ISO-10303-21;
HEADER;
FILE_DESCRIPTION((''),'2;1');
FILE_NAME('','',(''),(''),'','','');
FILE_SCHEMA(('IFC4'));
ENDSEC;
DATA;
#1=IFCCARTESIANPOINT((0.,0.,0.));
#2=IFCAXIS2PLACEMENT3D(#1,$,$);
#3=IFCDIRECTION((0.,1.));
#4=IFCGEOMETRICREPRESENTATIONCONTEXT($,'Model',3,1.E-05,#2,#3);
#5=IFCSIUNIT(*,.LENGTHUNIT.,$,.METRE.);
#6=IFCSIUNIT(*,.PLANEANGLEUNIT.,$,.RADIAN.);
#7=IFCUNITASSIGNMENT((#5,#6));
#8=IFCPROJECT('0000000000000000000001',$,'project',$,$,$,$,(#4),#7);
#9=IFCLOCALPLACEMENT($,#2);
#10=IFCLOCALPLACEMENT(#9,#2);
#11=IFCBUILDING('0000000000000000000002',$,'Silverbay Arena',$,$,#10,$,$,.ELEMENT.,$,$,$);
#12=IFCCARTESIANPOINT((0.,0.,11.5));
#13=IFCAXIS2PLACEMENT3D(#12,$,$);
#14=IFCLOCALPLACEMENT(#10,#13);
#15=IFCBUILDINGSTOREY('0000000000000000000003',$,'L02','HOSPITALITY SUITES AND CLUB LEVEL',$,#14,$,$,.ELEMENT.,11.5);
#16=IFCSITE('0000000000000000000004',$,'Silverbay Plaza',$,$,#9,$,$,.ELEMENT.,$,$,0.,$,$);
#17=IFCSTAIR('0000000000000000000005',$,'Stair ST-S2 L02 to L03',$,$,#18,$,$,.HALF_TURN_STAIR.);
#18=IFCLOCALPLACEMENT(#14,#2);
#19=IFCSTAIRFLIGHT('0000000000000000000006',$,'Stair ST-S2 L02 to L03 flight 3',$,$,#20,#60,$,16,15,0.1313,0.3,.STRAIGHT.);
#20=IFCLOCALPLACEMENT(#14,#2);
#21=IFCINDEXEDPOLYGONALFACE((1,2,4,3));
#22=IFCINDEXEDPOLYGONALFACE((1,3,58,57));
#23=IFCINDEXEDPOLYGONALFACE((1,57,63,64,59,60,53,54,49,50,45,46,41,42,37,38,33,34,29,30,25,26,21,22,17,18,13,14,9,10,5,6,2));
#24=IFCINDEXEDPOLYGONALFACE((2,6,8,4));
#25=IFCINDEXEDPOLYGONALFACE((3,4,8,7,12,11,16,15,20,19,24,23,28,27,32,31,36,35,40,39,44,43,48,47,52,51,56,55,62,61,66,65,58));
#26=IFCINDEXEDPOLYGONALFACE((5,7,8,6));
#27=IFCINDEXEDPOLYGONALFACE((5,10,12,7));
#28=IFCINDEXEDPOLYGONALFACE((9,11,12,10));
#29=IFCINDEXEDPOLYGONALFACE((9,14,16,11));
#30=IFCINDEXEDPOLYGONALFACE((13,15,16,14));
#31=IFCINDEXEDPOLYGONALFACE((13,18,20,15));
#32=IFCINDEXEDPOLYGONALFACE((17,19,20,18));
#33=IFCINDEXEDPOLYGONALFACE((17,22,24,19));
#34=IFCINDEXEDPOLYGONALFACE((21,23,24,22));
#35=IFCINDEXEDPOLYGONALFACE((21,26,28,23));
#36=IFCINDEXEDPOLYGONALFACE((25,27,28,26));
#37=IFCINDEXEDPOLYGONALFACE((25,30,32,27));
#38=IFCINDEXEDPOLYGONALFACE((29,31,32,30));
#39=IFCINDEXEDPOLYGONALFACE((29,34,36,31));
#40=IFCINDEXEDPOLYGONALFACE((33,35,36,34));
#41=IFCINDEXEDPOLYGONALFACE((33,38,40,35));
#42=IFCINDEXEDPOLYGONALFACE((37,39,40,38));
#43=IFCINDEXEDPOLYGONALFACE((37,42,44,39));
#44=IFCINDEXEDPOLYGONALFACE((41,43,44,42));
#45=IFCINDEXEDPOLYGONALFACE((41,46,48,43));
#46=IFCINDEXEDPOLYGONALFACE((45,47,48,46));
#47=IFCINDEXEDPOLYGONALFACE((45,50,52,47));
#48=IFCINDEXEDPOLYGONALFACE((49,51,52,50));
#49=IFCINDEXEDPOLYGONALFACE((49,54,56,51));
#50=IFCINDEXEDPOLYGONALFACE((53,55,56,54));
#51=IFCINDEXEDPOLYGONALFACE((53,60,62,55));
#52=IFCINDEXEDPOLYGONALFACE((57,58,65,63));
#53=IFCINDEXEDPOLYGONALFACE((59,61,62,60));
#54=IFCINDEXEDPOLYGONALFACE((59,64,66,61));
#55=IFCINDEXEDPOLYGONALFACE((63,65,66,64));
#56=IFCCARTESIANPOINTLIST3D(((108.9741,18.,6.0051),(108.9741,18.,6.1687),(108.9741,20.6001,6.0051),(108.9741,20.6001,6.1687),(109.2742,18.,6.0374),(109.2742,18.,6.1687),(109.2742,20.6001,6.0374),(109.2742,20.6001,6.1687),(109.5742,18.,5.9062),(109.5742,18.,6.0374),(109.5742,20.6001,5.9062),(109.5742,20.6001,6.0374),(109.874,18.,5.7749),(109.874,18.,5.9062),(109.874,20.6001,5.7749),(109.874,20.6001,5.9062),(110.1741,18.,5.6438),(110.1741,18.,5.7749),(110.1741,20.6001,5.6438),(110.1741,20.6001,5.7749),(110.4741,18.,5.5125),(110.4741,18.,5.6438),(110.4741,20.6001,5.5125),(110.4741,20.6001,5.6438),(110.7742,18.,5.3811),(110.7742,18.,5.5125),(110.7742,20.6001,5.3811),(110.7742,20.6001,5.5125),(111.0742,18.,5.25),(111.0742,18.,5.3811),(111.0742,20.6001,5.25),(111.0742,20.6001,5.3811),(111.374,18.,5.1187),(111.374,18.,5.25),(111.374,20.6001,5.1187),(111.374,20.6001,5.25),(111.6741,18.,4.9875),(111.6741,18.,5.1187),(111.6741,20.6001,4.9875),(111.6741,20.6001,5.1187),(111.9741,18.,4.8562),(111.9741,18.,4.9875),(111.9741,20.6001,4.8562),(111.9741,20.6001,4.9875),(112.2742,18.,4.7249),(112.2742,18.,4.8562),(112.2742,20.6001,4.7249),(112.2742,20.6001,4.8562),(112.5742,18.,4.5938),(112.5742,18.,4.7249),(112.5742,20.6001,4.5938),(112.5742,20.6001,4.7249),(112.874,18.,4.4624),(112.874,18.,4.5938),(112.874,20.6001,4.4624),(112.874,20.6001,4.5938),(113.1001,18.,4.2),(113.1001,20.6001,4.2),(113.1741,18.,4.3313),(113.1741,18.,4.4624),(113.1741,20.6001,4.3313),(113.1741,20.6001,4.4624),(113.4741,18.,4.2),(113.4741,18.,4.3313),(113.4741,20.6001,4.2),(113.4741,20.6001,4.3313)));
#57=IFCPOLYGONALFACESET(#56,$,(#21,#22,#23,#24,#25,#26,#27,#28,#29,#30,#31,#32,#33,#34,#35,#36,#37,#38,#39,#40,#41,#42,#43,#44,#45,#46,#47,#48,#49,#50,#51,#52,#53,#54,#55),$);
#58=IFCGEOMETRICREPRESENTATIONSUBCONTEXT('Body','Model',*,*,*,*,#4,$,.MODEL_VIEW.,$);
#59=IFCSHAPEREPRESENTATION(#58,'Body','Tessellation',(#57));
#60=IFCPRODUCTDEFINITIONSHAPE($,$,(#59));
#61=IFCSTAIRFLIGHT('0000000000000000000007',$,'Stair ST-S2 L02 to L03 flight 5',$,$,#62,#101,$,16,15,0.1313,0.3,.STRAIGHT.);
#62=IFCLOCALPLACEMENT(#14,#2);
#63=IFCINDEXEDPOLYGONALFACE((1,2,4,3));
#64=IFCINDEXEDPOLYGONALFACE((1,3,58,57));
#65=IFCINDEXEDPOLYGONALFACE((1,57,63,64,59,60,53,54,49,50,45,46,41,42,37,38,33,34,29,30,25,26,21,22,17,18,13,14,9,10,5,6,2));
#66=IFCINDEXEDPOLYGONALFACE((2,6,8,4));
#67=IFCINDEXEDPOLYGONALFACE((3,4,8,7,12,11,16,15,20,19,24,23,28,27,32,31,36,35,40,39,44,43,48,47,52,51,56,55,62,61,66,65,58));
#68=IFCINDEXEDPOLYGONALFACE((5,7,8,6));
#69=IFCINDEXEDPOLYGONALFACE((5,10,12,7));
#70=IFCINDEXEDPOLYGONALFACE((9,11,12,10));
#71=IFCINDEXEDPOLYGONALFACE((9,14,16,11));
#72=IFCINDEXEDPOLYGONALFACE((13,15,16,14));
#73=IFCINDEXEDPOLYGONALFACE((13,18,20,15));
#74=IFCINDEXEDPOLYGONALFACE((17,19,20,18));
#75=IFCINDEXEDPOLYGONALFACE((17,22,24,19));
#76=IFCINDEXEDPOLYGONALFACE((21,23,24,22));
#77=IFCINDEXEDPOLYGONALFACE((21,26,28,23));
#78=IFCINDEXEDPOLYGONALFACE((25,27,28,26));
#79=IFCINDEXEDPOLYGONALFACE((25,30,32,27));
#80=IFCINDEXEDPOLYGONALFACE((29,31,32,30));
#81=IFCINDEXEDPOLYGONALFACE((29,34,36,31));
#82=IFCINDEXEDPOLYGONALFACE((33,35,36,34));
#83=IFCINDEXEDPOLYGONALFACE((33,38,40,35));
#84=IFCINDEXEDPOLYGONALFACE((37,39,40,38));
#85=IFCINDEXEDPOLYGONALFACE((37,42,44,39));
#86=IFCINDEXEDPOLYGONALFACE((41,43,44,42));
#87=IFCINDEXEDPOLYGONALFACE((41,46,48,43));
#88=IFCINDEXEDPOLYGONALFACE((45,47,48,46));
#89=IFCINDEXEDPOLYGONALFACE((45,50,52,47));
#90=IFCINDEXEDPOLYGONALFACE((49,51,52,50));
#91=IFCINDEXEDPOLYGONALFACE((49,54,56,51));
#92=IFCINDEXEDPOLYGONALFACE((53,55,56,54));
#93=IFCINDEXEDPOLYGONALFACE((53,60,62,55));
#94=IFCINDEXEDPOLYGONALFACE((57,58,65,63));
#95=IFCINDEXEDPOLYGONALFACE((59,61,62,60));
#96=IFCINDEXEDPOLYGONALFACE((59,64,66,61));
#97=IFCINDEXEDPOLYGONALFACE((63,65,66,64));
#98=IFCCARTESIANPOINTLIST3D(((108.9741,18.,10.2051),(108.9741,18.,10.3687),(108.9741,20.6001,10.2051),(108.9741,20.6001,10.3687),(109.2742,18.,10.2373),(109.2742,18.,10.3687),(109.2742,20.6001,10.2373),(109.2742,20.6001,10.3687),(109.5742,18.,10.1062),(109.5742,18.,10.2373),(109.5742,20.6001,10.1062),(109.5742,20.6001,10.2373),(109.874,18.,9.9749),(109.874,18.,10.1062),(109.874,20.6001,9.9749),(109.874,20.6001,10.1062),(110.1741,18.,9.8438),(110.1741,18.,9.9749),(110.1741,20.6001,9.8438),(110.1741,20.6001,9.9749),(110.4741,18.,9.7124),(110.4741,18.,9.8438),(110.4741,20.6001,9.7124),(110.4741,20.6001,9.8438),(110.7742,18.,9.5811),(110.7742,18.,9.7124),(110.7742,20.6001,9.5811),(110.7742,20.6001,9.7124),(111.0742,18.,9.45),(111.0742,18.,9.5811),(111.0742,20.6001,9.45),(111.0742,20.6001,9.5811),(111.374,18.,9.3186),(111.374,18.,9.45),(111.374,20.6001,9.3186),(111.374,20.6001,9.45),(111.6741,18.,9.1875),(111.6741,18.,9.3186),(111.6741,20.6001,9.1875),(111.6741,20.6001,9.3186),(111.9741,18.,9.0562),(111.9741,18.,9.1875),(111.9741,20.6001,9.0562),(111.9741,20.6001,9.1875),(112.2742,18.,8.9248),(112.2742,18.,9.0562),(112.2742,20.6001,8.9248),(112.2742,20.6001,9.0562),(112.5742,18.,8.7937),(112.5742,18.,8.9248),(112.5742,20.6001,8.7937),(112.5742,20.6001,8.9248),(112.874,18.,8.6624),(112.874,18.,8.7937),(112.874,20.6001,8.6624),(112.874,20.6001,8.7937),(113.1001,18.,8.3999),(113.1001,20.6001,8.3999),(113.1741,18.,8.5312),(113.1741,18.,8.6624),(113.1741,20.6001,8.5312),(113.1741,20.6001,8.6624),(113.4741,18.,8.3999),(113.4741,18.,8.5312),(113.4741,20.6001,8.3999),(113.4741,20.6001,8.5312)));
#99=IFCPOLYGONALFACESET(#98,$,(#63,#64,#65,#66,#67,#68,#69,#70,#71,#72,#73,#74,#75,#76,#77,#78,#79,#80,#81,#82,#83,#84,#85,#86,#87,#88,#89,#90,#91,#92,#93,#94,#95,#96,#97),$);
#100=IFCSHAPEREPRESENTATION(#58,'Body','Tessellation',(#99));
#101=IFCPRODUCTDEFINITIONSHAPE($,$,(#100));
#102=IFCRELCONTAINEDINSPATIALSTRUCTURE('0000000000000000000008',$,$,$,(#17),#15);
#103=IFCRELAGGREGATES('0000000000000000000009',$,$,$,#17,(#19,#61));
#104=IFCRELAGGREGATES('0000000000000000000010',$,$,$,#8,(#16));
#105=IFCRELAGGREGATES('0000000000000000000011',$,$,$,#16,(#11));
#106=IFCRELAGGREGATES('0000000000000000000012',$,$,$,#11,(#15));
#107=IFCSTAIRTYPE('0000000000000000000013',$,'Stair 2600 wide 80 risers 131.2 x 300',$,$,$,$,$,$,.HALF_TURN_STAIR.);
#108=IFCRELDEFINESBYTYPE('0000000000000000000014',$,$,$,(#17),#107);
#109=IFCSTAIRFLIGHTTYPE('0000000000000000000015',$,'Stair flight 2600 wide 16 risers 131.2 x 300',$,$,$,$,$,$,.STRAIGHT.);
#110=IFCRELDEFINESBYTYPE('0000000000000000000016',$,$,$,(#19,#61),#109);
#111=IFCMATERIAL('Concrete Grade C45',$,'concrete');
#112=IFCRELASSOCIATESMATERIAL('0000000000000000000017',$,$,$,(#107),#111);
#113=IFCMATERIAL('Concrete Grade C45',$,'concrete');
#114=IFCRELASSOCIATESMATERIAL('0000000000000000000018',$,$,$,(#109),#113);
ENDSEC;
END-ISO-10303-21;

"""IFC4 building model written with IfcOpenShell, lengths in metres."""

from ifc_helpers import new_model, si_unit, direction, frame, origin, place, context, subcontext, project, spatial, polyline, outline, extrude, material, type_object, element, aggregate, save


model = new_model("IFC4")

# Units and contexts
model_context = context("Model", 3, precision=1e-05, world=origin(), true_north=direction((0.0, 1.0)))
body_context = subcontext(model_context, "Body", "Model", "MODEL_VIEW")
ifc_project = project(units=[si_unit("LENGTHUNIT", "METRE"), si_unit("PLANEANGLEUNIT", "RADIAN")], contexts=[model_context])

# Site, building, storey
site_placement = place(None, origin())
site = spatial("IfcSite", under=ifc_project, at=site_placement, Name="Silverbay Plaza", CompositionType="ELEMENT", RefElevation=0.0)
building_placement = place(site_placement, origin())
building = spatial("IfcBuilding", under=site, at=building_placement, Name="Silverbay Arena", CompositionType="ELEMENT")
storey_placement = place(building_placement, frame((0.0, 0.0, 11.5)))
storey = spatial("IfcBuildingStorey", under=building, at=storey_placement, Name="L02", Description="HOSPITALITY SUITES AND CLUB LEVEL", CompositionType="ELEMENT", Elevation=11.5)

# Stair, stair flights
ifc_material_1 = material(Name="Concrete Grade C45", Category="concrete")
stair_type = type_object("IfcStairType", Name="Stair 2600 wide 80 risers 131.2 x 300", PredefinedType="HALF_TURN_STAIR", material=ifc_material_1)
stair_placement = place(storey_placement, origin())
stair = element("IfcStair", 1, at=stair_placement, inside=storey, type_object=stair_type, Name="Stair ST-S2 L02 to L03", PredefinedType="HALF_TURN_STAIR")
ifc_material_2 = material(Name="Concrete Grade C45", Category="concrete")
stair_flight_type = type_object("IfcStairFlightType", Name="Stair flight 2600 wide 16 risers 131.2 x 300", PredefinedType="STRAIGHT", material=ifc_material_2)
stair_flight_1_placement = place(storey_placement, frame((113.4741, 19.3, 4.2), z_axis=(0.0, 0.0, 1.0), x_axis=(-1.0, 0.0, 0.0)))
stair_flight_1 = element("IfcStairFlight", 2, at=stair_flight_1_placement, type_object=stair_flight_type, Name="Stair ST-S2 L02 to L03 flight 3", NumberOfRisers=16, NumberOfTreads=15, PredefinedType="STRAIGHT", RiserHeight=0.1313, TreadLength=0.3, context=body_context, shape_type="SweptSolid", body=[
    extrude(outline(polyline([(0.0, 0.0), (0.0, 0.1313), (0.3, 0.1313), (0.3, 0.2625), (0.6001, 0.2625), (0.6001, 0.3938), (0.8999, 0.3938), (0.8999, 0.5249), (1.2, 0.5249), (1.2, 0.6562), (1.5, 0.6562), (1.5, 0.7876), (1.8, 0.7876), (1.8, 0.9187), (2.1001, 0.9187), (2.1001, 1.05), (2.3999, 1.05), (2.3999, 1.1812), (2.7, 1.1812), (2.7, 1.3125), (3.0, 1.3125), (3.0, 1.4438), (3.3, 1.4438), (3.3, 1.575), (3.6001, 1.575), (3.6001, 1.7063), (3.8999, 1.7063), (3.8999, 1.8374), (4.2, 1.8374), (4.2, 1.9688), (4.5, 1.9688), (4.5, 1.8052), (0.374, 0.0), (0.0, 0.0)])), frame((0.0, 1.3, 0.0), z_axis=(0.0, -1.0, 0.0), x_axis=(1.0, 0.0, 0.0)), (0.0, 0.0, 1.0), 2.6001),
])
stair_flight_2_placement = place(storey_placement, frame((113.4741, 19.3, 8.3999), z_axis=(0.0, 0.0, 1.0), x_axis=(-1.0, 0.0, 0.0)))
stair_flight_2 = element("IfcStairFlight", 3, at=stair_flight_2_placement, type_object=stair_flight_type, Name="Stair ST-S2 L02 to L03 flight 5", NumberOfRisers=16, NumberOfTreads=15, PredefinedType="STRAIGHT", RiserHeight=0.1313, TreadLength=0.3, context=body_context, shape_type="SweptSolid", body=[
    extrude(outline(polyline([(0.0, 0.0), (0.0, 0.1313), (0.3, 0.1313), (0.3, 0.2625), (0.6001, 0.2625), (0.6001, 0.3938), (0.8999, 0.3938), (0.8999, 0.5249), (1.2, 0.5249), (1.2, 0.6562), (1.5, 0.6562), (1.5, 0.7876), (1.8, 0.7876), (1.8, 0.9187), (2.1001, 0.9187), (2.1001, 1.05), (2.3999, 1.05), (2.3999, 1.1812), (2.7, 1.1812), (2.7, 1.3125), (3.0, 1.3125), (3.0, 1.4438), (3.3, 1.4438), (3.3, 1.575), (3.6001, 1.575), (3.6001, 1.7063), (3.8999, 1.7063), (3.8999, 1.8374), (4.2, 1.8374), (4.2, 1.9688), (4.5, 1.9688), (4.5, 1.8052), (0.374, 0.0), (0.0, 0.0)])), frame((0.0, 1.3, 0.0), z_axis=(0.0, -1.0, 0.0), x_axis=(1.0, 0.0, 0.0)), (0.0, 0.0, 1.0), 2.6001),
])
aggregate(stair, [stair_flight_1, stair_flight_2])

save(model, "model.ifc")
